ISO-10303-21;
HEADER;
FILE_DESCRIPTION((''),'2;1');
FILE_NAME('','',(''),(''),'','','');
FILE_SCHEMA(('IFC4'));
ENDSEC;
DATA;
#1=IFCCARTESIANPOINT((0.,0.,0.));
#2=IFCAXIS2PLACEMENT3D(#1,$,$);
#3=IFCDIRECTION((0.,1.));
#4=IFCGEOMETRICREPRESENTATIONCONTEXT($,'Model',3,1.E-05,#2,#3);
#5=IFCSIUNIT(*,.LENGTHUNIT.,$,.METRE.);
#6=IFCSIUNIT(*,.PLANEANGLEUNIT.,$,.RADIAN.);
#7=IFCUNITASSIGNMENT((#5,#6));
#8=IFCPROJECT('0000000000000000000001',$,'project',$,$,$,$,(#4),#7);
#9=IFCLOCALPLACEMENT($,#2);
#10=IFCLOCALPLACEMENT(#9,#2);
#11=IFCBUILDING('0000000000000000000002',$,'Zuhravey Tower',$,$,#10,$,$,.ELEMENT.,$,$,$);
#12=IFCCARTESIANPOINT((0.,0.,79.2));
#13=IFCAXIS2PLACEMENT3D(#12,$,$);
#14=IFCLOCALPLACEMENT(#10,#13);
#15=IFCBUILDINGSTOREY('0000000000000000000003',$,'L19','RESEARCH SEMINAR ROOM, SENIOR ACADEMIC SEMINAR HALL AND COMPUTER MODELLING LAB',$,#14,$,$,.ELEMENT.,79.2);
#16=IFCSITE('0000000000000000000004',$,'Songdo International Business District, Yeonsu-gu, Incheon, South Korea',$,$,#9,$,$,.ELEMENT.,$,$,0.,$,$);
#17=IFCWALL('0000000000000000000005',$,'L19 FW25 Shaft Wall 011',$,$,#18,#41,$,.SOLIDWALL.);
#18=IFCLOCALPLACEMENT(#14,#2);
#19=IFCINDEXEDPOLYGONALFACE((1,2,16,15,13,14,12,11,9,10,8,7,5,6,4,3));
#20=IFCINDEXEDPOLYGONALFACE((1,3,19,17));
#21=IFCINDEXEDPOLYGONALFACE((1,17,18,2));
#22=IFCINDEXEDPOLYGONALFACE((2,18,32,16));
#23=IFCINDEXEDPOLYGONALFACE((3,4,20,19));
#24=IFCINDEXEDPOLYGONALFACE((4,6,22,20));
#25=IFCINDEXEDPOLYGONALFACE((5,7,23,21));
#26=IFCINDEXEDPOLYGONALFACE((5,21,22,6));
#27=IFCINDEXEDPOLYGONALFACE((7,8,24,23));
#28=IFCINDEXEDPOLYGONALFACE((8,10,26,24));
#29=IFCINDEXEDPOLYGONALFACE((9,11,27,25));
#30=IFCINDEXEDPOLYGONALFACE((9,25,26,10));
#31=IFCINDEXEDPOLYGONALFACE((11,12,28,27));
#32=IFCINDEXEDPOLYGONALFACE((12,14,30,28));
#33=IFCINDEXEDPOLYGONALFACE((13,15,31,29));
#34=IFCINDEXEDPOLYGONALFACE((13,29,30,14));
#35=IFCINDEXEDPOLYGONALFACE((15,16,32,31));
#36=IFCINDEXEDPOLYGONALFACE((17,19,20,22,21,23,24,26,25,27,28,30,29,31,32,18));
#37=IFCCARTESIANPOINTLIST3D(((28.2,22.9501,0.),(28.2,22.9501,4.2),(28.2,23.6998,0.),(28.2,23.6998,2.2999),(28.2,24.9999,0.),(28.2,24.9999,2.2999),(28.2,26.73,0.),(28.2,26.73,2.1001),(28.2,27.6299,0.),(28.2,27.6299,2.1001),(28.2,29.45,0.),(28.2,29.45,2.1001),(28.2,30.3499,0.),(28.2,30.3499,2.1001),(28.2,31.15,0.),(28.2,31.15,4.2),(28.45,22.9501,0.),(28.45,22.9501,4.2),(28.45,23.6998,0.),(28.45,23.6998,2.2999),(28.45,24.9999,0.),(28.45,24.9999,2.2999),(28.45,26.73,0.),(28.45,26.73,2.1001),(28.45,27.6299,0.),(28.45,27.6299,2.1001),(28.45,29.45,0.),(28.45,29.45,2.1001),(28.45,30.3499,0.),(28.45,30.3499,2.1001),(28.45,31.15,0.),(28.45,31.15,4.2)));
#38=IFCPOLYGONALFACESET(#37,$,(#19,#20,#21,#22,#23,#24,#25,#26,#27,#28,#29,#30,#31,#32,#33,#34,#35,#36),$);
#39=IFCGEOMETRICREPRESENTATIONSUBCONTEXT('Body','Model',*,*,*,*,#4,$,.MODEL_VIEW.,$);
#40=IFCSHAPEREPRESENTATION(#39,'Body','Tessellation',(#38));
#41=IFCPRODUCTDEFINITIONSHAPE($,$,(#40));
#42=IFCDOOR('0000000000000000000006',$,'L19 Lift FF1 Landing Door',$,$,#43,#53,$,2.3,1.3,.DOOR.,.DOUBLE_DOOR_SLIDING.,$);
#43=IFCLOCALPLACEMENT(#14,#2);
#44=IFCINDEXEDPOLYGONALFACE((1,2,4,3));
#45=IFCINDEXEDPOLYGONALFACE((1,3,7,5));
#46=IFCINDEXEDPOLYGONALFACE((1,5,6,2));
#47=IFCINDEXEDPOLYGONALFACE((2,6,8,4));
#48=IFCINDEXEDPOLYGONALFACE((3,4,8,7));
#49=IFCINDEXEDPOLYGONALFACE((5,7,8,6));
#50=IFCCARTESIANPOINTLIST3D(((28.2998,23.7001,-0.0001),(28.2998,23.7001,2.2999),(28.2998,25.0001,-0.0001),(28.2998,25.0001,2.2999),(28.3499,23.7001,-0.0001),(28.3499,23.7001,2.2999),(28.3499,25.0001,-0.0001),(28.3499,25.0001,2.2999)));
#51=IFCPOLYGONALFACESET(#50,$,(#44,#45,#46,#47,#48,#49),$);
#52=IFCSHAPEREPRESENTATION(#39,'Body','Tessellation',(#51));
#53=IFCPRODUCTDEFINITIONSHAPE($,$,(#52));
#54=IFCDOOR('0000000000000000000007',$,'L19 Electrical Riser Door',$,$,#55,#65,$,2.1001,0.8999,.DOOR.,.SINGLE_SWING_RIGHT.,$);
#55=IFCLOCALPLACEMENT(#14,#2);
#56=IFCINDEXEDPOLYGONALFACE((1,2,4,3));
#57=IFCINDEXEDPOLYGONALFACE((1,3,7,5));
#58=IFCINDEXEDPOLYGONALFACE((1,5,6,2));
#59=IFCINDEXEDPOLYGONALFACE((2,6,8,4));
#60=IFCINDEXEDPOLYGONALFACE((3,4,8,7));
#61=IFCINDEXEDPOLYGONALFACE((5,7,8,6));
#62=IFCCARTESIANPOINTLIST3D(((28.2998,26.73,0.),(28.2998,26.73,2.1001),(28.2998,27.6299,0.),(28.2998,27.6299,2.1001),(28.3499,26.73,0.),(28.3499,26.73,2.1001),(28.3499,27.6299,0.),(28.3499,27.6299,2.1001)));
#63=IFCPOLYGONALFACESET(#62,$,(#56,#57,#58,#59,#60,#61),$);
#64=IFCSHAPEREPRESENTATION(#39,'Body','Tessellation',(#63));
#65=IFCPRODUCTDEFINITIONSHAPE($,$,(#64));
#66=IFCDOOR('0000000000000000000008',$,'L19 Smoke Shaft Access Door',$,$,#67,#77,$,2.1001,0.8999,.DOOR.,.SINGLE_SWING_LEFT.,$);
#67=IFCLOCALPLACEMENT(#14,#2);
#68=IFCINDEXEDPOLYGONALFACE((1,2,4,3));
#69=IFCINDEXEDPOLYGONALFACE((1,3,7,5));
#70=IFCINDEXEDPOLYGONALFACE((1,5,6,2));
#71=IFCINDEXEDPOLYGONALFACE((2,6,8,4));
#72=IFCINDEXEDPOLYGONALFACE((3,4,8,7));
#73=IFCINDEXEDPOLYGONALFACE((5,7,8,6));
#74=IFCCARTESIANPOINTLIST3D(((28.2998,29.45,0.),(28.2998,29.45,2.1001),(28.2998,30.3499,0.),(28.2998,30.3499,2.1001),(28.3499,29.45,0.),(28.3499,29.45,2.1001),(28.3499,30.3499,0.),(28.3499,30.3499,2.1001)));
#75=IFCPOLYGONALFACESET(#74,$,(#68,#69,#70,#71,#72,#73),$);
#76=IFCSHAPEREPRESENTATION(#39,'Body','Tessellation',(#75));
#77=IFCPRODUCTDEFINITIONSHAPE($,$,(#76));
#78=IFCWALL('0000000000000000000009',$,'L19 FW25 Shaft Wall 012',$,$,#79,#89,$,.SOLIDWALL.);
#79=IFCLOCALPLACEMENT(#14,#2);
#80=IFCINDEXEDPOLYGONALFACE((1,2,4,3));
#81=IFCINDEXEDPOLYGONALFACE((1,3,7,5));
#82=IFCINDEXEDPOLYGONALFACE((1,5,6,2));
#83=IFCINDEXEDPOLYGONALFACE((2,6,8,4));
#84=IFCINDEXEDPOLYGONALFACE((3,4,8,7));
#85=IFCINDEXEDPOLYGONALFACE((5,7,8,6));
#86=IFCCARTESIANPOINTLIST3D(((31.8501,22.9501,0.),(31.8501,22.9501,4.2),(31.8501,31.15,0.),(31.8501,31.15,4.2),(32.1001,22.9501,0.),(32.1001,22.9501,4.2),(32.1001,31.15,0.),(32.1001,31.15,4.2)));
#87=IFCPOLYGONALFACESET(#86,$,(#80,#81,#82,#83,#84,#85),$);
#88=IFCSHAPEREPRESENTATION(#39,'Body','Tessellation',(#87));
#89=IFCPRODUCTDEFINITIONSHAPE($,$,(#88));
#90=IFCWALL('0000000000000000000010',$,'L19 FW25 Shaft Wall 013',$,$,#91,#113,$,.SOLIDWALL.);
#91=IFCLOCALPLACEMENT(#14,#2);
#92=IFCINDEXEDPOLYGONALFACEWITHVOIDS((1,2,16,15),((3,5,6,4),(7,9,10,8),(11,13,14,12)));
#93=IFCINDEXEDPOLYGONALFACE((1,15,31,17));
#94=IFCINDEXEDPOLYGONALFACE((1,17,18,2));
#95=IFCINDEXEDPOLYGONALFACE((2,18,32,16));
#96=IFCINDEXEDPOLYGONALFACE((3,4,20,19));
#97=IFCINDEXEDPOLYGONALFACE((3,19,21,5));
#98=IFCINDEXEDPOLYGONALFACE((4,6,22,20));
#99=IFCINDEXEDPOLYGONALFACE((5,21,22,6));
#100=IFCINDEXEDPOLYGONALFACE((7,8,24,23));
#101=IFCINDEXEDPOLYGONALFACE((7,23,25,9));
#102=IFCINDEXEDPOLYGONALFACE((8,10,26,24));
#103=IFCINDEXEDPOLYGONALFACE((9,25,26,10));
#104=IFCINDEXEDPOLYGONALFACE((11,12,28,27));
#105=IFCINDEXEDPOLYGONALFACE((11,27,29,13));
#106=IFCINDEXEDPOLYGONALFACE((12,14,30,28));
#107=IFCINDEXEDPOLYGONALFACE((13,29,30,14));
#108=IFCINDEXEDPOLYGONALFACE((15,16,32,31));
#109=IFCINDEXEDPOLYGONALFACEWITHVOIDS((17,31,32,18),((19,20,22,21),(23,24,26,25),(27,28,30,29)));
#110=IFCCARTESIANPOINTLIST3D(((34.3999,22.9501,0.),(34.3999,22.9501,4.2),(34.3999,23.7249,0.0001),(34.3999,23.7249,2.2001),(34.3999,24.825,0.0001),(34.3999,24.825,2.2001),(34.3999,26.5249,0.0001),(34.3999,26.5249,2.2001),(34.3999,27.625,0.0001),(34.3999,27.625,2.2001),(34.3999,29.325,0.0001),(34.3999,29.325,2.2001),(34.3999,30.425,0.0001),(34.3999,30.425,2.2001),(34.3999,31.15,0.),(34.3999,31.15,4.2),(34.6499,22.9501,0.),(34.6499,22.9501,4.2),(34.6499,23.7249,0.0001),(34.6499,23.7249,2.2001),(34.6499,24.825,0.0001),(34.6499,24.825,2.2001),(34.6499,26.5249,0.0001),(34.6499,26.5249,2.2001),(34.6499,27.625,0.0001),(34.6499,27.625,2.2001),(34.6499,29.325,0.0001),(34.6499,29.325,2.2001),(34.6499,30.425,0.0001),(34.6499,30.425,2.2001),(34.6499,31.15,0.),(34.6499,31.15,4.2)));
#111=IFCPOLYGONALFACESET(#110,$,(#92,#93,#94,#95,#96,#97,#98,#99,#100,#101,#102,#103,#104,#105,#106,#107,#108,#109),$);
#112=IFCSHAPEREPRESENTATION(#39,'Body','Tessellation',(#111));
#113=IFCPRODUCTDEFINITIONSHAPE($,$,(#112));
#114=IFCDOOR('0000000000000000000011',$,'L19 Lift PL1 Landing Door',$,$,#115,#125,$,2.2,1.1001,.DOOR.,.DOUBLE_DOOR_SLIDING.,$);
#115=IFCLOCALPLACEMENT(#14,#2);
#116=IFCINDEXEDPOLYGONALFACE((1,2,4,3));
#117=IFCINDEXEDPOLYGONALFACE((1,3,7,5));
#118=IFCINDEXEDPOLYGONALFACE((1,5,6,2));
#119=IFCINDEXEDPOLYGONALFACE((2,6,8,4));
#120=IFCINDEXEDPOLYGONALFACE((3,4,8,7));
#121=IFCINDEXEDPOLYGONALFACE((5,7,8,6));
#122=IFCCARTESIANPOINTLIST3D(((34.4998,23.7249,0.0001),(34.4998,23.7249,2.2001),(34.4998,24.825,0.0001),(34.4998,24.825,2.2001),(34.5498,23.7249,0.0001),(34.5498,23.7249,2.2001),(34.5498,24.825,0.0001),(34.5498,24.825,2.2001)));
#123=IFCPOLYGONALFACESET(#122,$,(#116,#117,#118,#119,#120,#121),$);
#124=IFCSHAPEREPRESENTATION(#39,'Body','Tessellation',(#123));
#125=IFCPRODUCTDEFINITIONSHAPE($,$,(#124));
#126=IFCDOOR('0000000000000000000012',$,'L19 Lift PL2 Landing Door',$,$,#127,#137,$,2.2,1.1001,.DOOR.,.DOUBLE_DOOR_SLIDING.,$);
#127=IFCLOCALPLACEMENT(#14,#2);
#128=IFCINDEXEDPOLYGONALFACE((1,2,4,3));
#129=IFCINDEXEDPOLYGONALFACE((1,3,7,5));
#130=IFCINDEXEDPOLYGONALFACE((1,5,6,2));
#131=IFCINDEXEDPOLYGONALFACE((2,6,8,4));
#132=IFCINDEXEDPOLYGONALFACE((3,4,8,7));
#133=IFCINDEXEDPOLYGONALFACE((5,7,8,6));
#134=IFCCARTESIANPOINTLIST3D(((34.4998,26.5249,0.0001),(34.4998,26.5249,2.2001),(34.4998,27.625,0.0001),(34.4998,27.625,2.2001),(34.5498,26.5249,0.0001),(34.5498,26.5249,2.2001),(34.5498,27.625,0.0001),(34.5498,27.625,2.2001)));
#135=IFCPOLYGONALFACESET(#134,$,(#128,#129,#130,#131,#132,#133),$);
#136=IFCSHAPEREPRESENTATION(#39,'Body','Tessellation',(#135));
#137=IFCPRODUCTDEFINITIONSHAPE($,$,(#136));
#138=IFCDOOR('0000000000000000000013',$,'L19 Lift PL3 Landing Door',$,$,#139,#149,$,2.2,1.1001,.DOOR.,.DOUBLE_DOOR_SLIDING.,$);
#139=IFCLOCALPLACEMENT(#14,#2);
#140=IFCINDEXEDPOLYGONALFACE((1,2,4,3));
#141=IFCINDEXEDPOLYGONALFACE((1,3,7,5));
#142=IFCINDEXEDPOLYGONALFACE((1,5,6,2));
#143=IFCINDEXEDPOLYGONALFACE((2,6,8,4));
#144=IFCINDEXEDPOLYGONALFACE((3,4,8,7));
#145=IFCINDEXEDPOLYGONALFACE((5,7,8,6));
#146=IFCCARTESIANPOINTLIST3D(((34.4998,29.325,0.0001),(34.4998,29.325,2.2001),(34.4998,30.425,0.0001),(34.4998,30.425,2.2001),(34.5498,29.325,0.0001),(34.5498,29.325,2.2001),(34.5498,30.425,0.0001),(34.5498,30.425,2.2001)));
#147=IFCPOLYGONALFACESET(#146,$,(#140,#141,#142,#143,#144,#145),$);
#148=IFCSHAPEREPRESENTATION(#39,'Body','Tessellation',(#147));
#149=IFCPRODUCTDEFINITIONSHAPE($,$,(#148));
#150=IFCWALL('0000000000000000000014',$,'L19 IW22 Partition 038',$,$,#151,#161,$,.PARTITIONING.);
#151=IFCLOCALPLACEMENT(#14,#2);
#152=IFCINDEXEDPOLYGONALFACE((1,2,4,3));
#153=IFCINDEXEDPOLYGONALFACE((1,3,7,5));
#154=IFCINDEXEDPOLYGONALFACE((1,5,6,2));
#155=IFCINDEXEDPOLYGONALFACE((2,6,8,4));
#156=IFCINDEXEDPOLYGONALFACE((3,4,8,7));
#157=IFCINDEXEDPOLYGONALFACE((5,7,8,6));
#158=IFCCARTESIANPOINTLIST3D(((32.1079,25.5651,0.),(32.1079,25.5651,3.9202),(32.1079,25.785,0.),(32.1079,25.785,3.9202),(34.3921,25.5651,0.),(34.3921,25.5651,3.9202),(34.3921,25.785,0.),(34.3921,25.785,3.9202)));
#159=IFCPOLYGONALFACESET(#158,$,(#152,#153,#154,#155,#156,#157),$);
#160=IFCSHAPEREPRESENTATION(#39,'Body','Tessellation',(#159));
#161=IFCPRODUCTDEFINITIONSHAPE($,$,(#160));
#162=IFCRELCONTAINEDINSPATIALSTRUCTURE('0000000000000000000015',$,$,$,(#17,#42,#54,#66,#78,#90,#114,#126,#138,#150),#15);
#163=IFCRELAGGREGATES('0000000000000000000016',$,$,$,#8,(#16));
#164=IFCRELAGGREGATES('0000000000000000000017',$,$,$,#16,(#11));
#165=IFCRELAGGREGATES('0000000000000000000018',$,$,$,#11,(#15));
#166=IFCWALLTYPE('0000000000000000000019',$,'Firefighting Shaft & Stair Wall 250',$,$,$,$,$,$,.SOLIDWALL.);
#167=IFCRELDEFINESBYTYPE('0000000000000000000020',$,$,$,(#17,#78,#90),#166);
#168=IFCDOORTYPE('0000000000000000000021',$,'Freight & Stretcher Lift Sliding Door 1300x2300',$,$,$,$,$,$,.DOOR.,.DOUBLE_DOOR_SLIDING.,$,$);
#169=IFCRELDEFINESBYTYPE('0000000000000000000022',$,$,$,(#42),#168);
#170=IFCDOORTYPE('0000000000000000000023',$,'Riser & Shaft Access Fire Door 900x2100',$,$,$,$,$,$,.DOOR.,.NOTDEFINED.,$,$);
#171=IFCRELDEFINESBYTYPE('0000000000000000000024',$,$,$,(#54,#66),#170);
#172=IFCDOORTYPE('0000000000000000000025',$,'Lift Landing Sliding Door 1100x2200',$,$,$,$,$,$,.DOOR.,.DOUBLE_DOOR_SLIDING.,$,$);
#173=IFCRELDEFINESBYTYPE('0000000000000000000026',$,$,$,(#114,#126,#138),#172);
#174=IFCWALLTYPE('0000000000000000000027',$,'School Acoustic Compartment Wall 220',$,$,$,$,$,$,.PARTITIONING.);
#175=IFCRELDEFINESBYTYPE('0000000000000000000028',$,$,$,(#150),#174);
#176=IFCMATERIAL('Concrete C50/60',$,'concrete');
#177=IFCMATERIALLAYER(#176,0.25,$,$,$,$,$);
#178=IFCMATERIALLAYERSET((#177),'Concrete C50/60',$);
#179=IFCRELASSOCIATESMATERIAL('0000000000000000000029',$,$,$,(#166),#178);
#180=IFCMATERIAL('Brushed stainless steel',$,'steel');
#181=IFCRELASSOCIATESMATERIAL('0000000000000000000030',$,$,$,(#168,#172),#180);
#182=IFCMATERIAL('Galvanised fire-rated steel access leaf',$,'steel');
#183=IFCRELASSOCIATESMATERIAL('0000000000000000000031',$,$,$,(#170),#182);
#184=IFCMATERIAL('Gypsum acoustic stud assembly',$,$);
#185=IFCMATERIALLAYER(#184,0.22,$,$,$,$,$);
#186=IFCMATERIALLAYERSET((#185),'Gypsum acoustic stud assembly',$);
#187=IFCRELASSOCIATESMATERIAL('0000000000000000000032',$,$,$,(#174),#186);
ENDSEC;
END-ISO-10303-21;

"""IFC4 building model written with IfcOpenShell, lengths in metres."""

from ifc_helpers import new_model, si_unit, direction, frame, frame_2d, origin, place, context, subcontext, project, spatial, rectangle, extrude, material, layer, layer_set, type_object, element, fill, save


model = new_model("IFC4")

# Units and contexts
model_context = context("Model", 3, precision=1e-05, world=origin(), true_north=direction((0.0, 1.0)))
body_context = subcontext(model_context, "Body", "Model", "MODEL_VIEW")
ifc_project = project(units=[si_unit("LENGTHUNIT", "METRE"), si_unit("PLANEANGLEUNIT", "RADIAN")], contexts=[model_context])

# Site, building, storey
site_placement = place(None, origin())
site = spatial("IfcSite", under=ifc_project, at=site_placement, Name="Songdo International Business District, Yeonsu-gu, Incheon, South Korea", CompositionType="ELEMENT", RefElevation=0.0)
building_placement = place(site_placement, origin())
building = spatial("IfcBuilding", under=site, at=building_placement, Name="Zuhravey Tower", CompositionType="ELEMENT")
storey_placement = place(building_placement, frame((0.0, 0.0, 79.2)))
storey = spatial("IfcBuildingStorey", under=building, at=storey_placement, Name="L19", Description="RESEARCH SEMINAR ROOM, SENIOR ACADEMIC SEMINAR HALL AND COMPUTER MODELLING LAB", CompositionType="ELEMENT", Elevation=79.2)

# Shared definitions
ifc_material_1 = material(Name="Concrete C50/60", Category="concrete")
ifc_layer_1 = layer(ifc_material_1, 0.25)
ifc_layer_set_1 = layer_set([ifc_layer_1], Name="Concrete C50/60")
wall_type_1 = type_object("IfcWallType", Name="Firefighting Shaft & Stair Wall 250", PredefinedType="SOLIDWALL", material=ifc_layer_set_1)

# Wall, openings, doors
wall_1_placement = place(storey_placement, frame((28.325, 22.95, 0.0), z_axis=(0.0, 0.0, 1.0), x_axis=(0.0, 1.0, 0.0)))
wall_1 = element("IfcWall", 1, at=wall_1_placement, inside=storey, type_object=wall_type_1, Name="L19 FW25 Shaft Wall 011", PredefinedType="SOLIDWALL", context=body_context, shape_type="SweptSolid", body=[
    extrude(rectangle(XDim=8.2, YDim=0.25, at=frame_2d((4.1001, 0.0))), origin(), (0.0, 0.0, 1.0), 4.2),
])
opening_1_placement = place(wall_1_placement, frame((0.75, 0.0, 0.0)))
opening_1 = element("IfcOpeningElement", 2, at=opening_1_placement, cuts=wall_1, PredefinedType="OPENING", context=body_context, shape_type="SweptSolid", body=[
    extrude(rectangle(XDim=1.3, YDim=2.3, at=frame_2d((0.6499, 1.1499))), frame((0.0, 0.137, 0.0), z_axis=(0.0, -1.0, 0.0), x_axis=(1.0, 0.0, 0.0)), (0.0, 0.0, 1.0), 0.2739),
])
opening_2_placement = place(wall_1_placement, frame((3.78, 0.0, 0.0)))
opening_2 = element("IfcOpeningElement", 3, at=opening_2_placement, cuts=wall_1, PredefinedType="OPENING", context=body_context, shape_type="SweptSolid", body=[
    extrude(rectangle(XDim=0.8999, YDim=2.1001, at=frame_2d((0.45, 1.05))), frame((0.0, 0.137, 0.0), z_axis=(0.0, -1.0, 0.0), x_axis=(1.0, 0.0, 0.0)), (0.0, 0.0, 1.0), 0.2739),
])
opening_3_placement = place(wall_1_placement, frame((6.5, 0.0, 0.0)))
opening_3 = element("IfcOpeningElement", 4, at=opening_3_placement, cuts=wall_1, PredefinedType="OPENING", context=body_context, shape_type="SweptSolid", body=[
    extrude(rectangle(XDim=0.8999, YDim=2.1001, at=frame_2d((0.45, 1.05))), frame((0.0, 0.137, 0.0), z_axis=(0.0, -1.0, 0.0), x_axis=(1.0, 0.0, 0.0)), (0.0, 0.0, 1.0), 0.2739),
])
ifc_material_2 = material(Name="Brushed stainless steel", Category="steel")
door_type_1 = type_object("IfcDoorType", Name="Freight & Stretcher Lift Sliding Door 1300x2300", OperationType="DOUBLE_DOOR_SLIDING", PredefinedType="DOOR", material=ifc_material_2)
door_1_placement = place(opening_1_placement, frame((1.3, 0.0, 0.0), z_axis=(0.0, 0.0, 1.0), x_axis=(-1.0, 0.0, 0.0)))
door_1 = element("IfcDoor", 5, at=door_1_placement, inside=storey, type_object=door_type_1, Name="L19 Lift FF1 Landing Door", OperationType="DOUBLE_DOOR_SLIDING", OverallHeight=2.3, OverallWidth=1.3, PredefinedType="DOOR", context=body_context, shape_type="SweptSolid", body=[
    extrude(rectangle(XDim=1.3, YDim=2.3, at=frame_2d((0.6499, 1.1499))), frame((0.0, 0.0249, 0.0), z_axis=(0.0, -1.0, 0.0), x_axis=(1.0, 0.0, 0.0)), (0.0, 0.0, 1.0), 0.05),
])
fill(opening_1, door_1)
ifc_material_3 = material(Name="Galvanised fire-rated steel access leaf", Category="steel")
door_type_2 = type_object("IfcDoorType", Name="Riser & Shaft Access Fire Door 900x2100", OperationType="NOTDEFINED", PredefinedType="DOOR", material=ifc_material_3)
door_2_placement = place(opening_2_placement, frame((0.8999, 0.0, 0.0), z_axis=(0.0, 0.0, 1.0), x_axis=(-1.0, 0.0, 0.0)))
door_2 = element("IfcDoor", 6, at=door_2_placement, inside=storey, type_object=door_type_2, Name="L19 Electrical Riser Door", OperationType="SINGLE_SWING_RIGHT", OverallHeight=2.1001, OverallWidth=0.8999, PredefinedType="DOOR", context=body_context, shape_type="SweptSolid", body=[
    extrude(rectangle(XDim=0.8999, YDim=2.1001, at=frame_2d((0.45, 1.05))), frame((0.0, 0.0249, 0.0), z_axis=(0.0, -1.0, 0.0), x_axis=(1.0, 0.0, 0.0)), (0.0, 0.0, 1.0), 0.05),
])
fill(opening_2, door_2)
door_3_placement = place(opening_3_placement, frame((0.8999, 0.0, 0.0), z_axis=(0.0, 0.0, 1.0), x_axis=(-1.0, 0.0, 0.0)))
door_3 = element("IfcDoor", 7, at=door_3_placement, inside=storey, type_object=door_type_2, Name="L19 Smoke Shaft Access Door", OperationType="SINGLE_SWING_LEFT", OverallHeight=2.1001, OverallWidth=0.8999, PredefinedType="DOOR", context=body_context, shape_type="SweptSolid", body=[
    extrude(rectangle(XDim=0.8999, YDim=2.1001, at=frame_2d((0.45, 1.05))), frame((0.0, 0.0249, 0.0), z_axis=(0.0, -1.0, 0.0), x_axis=(1.0, 0.0, 0.0)), (0.0, 0.0, 1.0), 0.05),
])
fill(opening_3, door_3)

# Wall
wall_2_placement = place(storey_placement, frame((31.9751, 22.95, 0.0), z_axis=(0.0, 0.0, 1.0), x_axis=(0.0, 1.0, 0.0)))
element("IfcWall", 8, at=wall_2_placement, inside=storey, type_object=wall_type_1, Name="L19 FW25 Shaft Wall 012", PredefinedType="SOLIDWALL", context=body_context, shape_type="SweptSolid", body=[
    extrude(rectangle(XDim=8.2, YDim=0.25, at=frame_2d((4.1001, 0.0))), origin(), (0.0, 0.0, 1.0), 4.2),
])

# Wall, openings, doors
wall_3_placement = place(storey_placement, frame((34.5249, 22.95, 0.0), z_axis=(0.0, 0.0, 1.0), x_axis=(0.0, 1.0, 0.0)))
wall_3 = element("IfcWall", 9, at=wall_3_placement, inside=storey, type_object=wall_type_1, Name="L19 FW25 Shaft Wall 013", PredefinedType="SOLIDWALL", context=body_context, shape_type="SweptSolid", body=[
    extrude(rectangle(XDim=8.2, YDim=0.25, at=frame_2d((4.1001, 0.0))), origin(), (0.0, 0.0, 1.0), 4.2),
])
opening_4_placement = place(wall_3_placement, frame((0.7749, 0.0, 0.0)))
opening_4 = element("IfcOpeningElement", 10, at=opening_4_placement, cuts=wall_3, PredefinedType="OPENING", context=body_context, shape_type="SweptSolid", body=[
    extrude(rectangle(XDim=1.1001, YDim=2.2, at=frame_2d((0.55, 1.1001))), frame((0.0, 0.137, 0.0), z_axis=(0.0, -1.0, 0.0), x_axis=(1.0, 0.0, 0.0)), (0.0, 0.0, 1.0), 0.2739),
])
opening_5_placement = place(wall_3_placement, frame((3.575, 0.0, 0.0)))
opening_5 = element("IfcOpeningElement", 11, at=opening_5_placement, cuts=wall_3, PredefinedType="OPENING", context=body_context, shape_type="SweptSolid", body=[
    extrude(rectangle(XDim=1.1001, YDim=2.2, at=frame_2d((0.55, 1.1001))), frame((0.0, 0.137, 0.0), z_axis=(0.0, -1.0, 0.0), x_axis=(1.0, 0.0, 0.0)), (0.0, 0.0, 1.0), 0.2739),
])
opening_6_placement = place(wall_3_placement, frame((6.375, 0.0, 0.0)))
opening_6 = element("IfcOpeningElement", 12, at=opening_6_placement, cuts=wall_3, PredefinedType="OPENING", context=body_context, shape_type="SweptSolid", body=[
    extrude(rectangle(XDim=1.1001, YDim=2.2, at=frame_2d((0.55, 1.1001))), frame((0.0, 0.137, 0.0), z_axis=(0.0, -1.0, 0.0), x_axis=(1.0, 0.0, 0.0)), (0.0, 0.0, 1.0), 0.2739),
])
door_type_3 = type_object("IfcDoorType", Name="Lift Landing Sliding Door 1100x2200", OperationType="DOUBLE_DOOR_SLIDING", PredefinedType="DOOR", material=ifc_material_2)
door_4_placement = place(opening_4_placement, frame((1.1001, 0.0, 0.0), z_axis=(0.0, 0.0, 1.0), x_axis=(-1.0, 0.0, 0.0)))
door_4 = element("IfcDoor", 13, at=door_4_placement, inside=storey, type_object=door_type_3, Name="L19 Lift PL1 Landing Door", OperationType="DOUBLE_DOOR_SLIDING", OverallHeight=2.2, OverallWidth=1.1001, PredefinedType="DOOR", context=body_context, shape_type="SweptSolid", body=[
    extrude(rectangle(XDim=1.1001, YDim=2.2, at=frame_2d((0.55, 1.1001))), frame((0.0, 0.0249, 0.0), z_axis=(0.0, -1.0, 0.0), x_axis=(1.0, 0.0, 0.0)), (0.0, 0.0, 1.0), 0.05),
])
fill(opening_4, door_4)
door_5_placement = place(opening_5_placement, frame((1.1001, 0.0, 0.0), z_axis=(0.0, 0.0, 1.0), x_axis=(-1.0, 0.0, 0.0)))
door_5 = element("IfcDoor", 14, at=door_5_placement, inside=storey, type_object=door_type_3, Name="L19 Lift PL2 Landing Door", OperationType="DOUBLE_DOOR_SLIDING", OverallHeight=2.2, OverallWidth=1.1001, PredefinedType="DOOR", context=body_context, shape_type="SweptSolid", body=[
    extrude(rectangle(XDim=1.1001, YDim=2.2, at=frame_2d((0.55, 1.1001))), frame((0.0, 0.0249, 0.0), z_axis=(0.0, -1.0, 0.0), x_axis=(1.0, 0.0, 0.0)), (0.0, 0.0, 1.0), 0.05),
])
fill(opening_5, door_5)
door_6_placement = place(opening_6_placement, frame((1.1001, 0.0, 0.0), z_axis=(0.0, 0.0, 1.0), x_axis=(-1.0, 0.0, 0.0)))
door_6 = element("IfcDoor", 15, at=door_6_placement, inside=storey, type_object=door_type_3, Name="L19 Lift PL3 Landing Door", OperationType="DOUBLE_DOOR_SLIDING", OverallHeight=2.2, OverallWidth=1.1001, PredefinedType="DOOR", context=body_context, shape_type="SweptSolid", body=[
    extrude(rectangle(XDim=1.1001, YDim=2.2, at=frame_2d((0.55, 1.1001))), frame((0.0, 0.0249, 0.0), z_axis=(0.0, -1.0, 0.0), x_axis=(1.0, 0.0, 0.0)), (0.0, 0.0, 1.0), 0.05),
])
fill(opening_6, door_6)

# Wall
ifc_material_4 = material(Name="Gypsum acoustic stud assembly")
ifc_layer_2 = layer(ifc_material_4, 0.22)
ifc_layer_set_2 = layer_set([ifc_layer_2], Name="Gypsum acoustic stud assembly")
wall_type_2 = type_object("IfcWallType", Name="School Acoustic Compartment Wall 220", PredefinedType="PARTITIONING", material=ifc_layer_set_2)
for number, where, z_axis, x_axis, name in (
    (16, (32.1079, 25.675, 0.0), (0.0, 0.0, 1.0), (1.0, 0.0, 0.0), "L19 IW22 Partition 038"),
):
    element("IfcWall", number, at=place(storey_placement, frame(where, z_axis=z_axis, x_axis=x_axis)), inside=storey, type_object=wall_type_2, Name=name, PredefinedType="PARTITIONING", context=body_context, shape_type="SweptSolid", body=[
        extrude(rectangle(XDim=2.2842, YDim=0.22, at=frame_2d((1.1421, 0.0))), origin(), (0.0, 0.0, 1.0), 3.9202),
    ])

save(model, "model.ifc")
